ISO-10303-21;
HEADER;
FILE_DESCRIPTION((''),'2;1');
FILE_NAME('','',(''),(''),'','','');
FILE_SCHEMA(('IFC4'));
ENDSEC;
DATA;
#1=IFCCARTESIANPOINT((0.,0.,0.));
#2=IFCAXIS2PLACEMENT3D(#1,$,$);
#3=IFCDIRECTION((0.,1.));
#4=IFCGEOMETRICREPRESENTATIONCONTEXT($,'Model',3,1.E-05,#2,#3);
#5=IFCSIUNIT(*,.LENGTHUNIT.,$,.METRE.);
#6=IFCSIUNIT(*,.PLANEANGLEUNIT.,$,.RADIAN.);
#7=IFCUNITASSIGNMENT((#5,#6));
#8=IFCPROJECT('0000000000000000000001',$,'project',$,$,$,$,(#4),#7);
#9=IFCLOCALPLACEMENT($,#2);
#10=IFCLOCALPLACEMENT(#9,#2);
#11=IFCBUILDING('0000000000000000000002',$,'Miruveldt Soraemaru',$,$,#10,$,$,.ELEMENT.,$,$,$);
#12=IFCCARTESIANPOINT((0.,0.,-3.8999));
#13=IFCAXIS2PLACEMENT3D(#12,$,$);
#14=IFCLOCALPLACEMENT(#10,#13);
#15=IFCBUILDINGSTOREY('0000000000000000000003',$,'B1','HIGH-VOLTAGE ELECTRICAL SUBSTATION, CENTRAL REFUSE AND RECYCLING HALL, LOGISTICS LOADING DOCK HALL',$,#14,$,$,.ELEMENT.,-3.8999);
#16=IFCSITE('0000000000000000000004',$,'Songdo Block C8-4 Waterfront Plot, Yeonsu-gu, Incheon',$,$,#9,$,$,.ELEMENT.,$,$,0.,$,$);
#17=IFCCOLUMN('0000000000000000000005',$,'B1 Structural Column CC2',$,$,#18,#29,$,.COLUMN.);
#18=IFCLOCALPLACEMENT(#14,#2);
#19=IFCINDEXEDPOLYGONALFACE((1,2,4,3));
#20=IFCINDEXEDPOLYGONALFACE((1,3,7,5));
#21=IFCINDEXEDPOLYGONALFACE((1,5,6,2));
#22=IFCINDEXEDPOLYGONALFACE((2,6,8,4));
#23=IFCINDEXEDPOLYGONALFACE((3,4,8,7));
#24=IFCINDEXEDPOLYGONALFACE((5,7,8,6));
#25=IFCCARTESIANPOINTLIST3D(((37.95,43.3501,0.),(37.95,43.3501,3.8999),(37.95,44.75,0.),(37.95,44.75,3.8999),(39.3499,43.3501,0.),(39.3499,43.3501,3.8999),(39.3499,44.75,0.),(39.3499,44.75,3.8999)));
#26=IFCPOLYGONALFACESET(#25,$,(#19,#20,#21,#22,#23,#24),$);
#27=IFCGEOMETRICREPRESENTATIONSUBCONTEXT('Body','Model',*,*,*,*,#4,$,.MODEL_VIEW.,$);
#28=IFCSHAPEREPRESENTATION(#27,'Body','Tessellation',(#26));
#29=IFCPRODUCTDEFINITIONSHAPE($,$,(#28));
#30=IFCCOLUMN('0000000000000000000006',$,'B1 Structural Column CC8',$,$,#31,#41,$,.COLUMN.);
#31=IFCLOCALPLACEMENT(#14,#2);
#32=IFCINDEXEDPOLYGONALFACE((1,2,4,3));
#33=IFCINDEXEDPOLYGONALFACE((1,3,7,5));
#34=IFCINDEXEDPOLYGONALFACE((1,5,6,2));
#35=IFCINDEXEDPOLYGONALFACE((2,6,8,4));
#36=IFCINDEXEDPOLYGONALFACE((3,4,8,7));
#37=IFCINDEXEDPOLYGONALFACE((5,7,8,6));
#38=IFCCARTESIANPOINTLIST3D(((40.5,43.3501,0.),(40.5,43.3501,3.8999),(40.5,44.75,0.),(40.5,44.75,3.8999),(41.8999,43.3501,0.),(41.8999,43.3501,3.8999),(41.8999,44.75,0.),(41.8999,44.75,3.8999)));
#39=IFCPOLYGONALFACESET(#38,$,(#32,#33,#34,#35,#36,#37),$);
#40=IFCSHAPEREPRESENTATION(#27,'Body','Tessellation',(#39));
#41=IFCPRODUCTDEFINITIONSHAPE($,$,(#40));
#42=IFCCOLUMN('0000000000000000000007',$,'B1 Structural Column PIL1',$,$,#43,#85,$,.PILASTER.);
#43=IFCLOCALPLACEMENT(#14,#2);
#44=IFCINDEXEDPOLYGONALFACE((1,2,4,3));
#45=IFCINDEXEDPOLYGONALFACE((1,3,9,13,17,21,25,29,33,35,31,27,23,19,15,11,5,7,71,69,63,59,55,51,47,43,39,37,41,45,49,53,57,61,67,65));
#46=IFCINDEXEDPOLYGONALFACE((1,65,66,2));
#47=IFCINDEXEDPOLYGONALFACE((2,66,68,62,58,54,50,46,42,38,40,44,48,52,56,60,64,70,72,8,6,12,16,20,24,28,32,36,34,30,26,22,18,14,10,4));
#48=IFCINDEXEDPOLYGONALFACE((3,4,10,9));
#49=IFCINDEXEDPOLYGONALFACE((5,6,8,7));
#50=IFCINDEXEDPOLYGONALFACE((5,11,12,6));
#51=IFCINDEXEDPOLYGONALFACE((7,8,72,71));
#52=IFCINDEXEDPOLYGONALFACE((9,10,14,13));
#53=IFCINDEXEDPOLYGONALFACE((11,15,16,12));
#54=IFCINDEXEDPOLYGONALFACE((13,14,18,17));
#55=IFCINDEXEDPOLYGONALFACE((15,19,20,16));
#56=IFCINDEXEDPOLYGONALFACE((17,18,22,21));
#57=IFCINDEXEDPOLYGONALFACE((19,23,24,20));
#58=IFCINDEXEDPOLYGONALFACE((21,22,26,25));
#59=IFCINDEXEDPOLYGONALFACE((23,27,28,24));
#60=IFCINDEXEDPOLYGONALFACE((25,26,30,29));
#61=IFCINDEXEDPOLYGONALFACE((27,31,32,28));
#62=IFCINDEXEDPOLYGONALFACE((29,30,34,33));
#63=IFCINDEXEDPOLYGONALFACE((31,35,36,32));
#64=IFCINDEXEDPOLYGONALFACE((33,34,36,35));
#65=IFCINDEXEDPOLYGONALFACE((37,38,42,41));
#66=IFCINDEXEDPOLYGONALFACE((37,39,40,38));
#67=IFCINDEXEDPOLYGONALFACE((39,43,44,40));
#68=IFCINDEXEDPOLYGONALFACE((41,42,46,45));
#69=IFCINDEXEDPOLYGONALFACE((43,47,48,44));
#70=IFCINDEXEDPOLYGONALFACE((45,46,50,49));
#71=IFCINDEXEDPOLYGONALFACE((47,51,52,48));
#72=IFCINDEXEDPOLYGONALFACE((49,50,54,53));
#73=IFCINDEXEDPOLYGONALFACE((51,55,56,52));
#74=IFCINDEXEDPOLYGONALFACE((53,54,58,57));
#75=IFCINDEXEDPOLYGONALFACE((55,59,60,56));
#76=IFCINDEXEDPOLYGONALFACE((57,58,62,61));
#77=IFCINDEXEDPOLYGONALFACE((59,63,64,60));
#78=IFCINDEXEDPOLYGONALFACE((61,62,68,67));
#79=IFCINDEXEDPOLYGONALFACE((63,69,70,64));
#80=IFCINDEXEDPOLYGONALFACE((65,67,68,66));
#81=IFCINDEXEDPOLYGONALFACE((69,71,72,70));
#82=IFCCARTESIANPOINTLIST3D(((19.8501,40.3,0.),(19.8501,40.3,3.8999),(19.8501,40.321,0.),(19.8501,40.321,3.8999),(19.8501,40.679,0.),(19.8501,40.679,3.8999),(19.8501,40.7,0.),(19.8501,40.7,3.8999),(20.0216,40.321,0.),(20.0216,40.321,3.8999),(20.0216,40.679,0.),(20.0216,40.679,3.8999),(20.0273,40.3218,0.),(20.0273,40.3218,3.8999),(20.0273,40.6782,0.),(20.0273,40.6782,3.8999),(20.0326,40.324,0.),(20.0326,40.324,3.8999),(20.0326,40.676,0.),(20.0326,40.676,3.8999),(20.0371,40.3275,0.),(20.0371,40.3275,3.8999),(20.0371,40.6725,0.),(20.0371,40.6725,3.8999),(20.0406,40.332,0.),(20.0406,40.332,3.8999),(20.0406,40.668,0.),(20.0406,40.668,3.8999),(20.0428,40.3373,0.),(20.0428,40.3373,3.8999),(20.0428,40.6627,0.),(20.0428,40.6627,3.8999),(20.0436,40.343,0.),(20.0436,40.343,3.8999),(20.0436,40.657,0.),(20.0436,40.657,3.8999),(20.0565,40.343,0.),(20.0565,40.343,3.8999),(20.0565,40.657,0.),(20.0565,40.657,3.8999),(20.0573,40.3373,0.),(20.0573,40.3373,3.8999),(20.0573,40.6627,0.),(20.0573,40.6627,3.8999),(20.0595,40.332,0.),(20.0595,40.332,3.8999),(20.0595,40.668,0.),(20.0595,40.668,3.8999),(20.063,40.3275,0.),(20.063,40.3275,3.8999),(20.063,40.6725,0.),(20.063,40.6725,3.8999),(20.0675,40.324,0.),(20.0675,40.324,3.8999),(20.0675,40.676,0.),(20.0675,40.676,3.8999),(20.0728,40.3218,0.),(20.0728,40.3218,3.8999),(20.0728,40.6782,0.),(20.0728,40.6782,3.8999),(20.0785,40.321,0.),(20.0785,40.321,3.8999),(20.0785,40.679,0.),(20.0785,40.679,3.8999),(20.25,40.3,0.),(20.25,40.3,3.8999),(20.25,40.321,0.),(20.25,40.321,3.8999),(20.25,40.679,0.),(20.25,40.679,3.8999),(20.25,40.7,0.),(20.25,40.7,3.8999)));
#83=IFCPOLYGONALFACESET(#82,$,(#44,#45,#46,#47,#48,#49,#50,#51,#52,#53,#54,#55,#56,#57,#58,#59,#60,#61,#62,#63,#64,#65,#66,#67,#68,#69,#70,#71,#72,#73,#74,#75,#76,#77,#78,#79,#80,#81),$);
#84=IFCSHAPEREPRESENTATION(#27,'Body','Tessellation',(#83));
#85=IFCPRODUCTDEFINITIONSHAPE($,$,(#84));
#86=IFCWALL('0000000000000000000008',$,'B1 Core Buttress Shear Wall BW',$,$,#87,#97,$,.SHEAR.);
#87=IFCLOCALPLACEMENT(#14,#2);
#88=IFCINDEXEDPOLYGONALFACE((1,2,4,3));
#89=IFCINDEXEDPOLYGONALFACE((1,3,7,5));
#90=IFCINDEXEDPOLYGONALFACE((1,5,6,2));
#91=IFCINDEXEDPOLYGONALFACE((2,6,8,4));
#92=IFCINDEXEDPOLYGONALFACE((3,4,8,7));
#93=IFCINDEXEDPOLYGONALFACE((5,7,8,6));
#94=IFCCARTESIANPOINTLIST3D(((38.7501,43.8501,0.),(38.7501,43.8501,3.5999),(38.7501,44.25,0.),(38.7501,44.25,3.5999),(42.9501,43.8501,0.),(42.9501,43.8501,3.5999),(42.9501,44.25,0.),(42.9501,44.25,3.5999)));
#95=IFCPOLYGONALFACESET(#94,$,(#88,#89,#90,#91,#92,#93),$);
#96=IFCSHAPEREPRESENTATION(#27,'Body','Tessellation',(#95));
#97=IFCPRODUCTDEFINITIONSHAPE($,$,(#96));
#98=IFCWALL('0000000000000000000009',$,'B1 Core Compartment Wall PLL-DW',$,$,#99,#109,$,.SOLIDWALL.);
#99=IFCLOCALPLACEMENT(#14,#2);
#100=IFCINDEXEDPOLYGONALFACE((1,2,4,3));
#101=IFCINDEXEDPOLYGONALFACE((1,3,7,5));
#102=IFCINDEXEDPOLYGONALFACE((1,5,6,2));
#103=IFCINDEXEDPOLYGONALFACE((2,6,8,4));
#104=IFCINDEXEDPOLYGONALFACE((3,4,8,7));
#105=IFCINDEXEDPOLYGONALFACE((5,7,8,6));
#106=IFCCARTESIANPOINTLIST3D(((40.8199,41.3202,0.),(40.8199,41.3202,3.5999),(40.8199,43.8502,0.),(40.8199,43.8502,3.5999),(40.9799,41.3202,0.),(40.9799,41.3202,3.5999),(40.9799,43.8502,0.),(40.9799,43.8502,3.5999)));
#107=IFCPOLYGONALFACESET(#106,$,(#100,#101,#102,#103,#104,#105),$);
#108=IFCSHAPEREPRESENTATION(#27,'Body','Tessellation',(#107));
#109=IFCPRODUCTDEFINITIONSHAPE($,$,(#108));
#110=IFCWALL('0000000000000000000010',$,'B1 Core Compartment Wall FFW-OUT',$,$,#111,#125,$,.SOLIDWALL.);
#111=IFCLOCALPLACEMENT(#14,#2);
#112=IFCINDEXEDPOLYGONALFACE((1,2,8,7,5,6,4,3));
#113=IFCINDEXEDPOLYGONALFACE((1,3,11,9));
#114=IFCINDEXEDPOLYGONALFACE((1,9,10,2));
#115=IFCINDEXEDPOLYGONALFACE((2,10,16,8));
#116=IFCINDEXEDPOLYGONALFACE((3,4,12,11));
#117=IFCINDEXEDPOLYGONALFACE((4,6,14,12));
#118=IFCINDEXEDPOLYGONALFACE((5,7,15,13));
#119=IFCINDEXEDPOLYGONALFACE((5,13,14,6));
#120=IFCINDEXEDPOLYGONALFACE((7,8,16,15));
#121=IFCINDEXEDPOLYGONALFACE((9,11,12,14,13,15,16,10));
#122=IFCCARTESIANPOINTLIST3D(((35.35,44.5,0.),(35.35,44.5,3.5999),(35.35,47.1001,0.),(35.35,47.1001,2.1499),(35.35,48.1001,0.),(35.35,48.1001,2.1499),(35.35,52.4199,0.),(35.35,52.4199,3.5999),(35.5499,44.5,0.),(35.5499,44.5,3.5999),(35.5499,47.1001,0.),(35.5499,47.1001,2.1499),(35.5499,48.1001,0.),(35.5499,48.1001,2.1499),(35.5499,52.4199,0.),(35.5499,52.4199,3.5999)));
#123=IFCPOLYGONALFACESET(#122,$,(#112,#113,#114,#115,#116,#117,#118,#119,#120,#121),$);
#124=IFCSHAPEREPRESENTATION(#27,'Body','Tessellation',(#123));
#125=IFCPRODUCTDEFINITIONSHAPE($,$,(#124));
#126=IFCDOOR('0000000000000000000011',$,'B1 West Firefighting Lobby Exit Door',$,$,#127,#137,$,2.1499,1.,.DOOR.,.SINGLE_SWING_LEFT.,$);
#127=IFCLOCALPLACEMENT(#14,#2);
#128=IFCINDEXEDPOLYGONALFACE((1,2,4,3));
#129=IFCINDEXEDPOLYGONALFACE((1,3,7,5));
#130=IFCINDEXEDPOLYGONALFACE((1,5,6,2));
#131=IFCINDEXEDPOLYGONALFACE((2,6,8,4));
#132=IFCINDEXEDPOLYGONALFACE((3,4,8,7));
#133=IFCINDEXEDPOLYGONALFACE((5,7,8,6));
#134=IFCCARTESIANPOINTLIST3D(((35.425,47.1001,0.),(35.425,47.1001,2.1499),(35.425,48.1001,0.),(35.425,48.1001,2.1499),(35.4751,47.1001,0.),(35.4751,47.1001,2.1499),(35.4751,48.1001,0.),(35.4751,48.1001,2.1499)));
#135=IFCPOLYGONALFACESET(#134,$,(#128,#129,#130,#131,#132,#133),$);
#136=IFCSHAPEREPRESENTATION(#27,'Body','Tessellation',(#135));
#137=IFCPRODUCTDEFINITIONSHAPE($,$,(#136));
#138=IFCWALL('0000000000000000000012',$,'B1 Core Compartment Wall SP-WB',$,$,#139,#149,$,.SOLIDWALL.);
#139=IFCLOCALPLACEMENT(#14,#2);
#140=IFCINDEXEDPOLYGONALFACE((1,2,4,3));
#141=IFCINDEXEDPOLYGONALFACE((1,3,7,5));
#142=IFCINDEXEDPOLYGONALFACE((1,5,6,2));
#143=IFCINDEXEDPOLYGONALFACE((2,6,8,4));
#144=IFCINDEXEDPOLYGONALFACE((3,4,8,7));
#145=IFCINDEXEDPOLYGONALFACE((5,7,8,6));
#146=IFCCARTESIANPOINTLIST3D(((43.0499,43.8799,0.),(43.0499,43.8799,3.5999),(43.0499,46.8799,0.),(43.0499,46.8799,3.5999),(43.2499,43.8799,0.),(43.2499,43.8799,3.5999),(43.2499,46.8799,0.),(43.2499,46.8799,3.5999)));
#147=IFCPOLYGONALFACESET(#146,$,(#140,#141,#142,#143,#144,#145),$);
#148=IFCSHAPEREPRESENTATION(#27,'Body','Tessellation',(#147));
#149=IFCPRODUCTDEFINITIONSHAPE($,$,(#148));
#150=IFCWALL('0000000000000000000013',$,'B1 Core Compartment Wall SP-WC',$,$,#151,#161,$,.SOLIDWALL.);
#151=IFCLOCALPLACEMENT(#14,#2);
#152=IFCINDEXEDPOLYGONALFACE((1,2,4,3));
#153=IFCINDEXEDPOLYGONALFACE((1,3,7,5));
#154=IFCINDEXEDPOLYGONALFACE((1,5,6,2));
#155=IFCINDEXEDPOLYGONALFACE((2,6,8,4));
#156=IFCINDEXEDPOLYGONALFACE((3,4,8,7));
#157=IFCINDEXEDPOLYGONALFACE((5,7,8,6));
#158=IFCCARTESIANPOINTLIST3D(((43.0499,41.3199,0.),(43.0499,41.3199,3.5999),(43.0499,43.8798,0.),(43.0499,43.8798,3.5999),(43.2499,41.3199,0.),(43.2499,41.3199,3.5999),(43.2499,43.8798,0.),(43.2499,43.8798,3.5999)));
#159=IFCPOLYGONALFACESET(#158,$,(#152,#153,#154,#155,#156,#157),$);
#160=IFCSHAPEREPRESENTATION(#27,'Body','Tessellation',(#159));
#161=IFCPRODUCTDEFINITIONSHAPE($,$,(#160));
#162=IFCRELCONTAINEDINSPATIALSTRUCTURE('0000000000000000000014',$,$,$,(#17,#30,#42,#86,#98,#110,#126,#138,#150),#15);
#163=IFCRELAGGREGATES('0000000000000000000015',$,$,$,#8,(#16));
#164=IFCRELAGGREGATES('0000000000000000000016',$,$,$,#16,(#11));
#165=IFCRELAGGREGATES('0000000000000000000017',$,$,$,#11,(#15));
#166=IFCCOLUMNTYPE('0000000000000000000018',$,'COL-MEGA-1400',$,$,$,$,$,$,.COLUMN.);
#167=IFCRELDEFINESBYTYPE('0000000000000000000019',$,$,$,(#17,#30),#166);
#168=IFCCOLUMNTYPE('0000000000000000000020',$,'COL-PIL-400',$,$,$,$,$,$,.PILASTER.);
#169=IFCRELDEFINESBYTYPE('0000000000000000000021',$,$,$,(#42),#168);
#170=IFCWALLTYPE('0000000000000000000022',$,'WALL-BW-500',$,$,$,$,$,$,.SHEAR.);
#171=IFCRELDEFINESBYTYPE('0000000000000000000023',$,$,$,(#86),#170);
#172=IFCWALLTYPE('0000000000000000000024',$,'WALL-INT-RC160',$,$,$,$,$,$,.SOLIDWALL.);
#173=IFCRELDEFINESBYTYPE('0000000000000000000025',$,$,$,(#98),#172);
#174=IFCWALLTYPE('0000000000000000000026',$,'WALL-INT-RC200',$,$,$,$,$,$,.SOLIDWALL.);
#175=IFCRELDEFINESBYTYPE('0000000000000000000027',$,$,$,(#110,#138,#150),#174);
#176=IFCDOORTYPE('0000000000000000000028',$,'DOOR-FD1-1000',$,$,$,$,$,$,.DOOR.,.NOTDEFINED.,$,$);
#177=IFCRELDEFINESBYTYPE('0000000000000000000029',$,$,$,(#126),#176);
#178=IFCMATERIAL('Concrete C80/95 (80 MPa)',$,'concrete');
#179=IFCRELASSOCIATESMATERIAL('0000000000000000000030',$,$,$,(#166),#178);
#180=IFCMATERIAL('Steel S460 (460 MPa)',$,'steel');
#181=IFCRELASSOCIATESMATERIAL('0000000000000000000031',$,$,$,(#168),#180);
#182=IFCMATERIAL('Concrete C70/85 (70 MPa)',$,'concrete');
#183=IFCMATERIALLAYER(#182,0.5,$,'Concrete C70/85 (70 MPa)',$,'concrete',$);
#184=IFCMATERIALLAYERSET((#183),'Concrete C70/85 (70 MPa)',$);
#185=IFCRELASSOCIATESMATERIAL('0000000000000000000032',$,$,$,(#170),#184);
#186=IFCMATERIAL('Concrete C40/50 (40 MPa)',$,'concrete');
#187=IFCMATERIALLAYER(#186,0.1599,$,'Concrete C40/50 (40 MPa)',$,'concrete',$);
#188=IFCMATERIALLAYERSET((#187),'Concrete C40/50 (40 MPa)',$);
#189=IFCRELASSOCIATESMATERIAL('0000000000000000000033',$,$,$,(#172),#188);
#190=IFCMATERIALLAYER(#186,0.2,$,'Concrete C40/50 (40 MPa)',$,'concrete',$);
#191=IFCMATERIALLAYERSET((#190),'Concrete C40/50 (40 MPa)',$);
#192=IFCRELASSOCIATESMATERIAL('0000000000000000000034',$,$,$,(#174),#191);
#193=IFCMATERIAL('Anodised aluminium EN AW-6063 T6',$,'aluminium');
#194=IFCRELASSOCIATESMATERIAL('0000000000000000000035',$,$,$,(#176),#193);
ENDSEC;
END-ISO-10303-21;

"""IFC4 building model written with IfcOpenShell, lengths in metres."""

from ifc_helpers import new_model, si_unit, direction, frame, frame_2d, origin, origin_2d, place, context, subcontext, project, spatial, rectangle, i_section, extrude, material, layer, layer_set, material_profile, profile_set, type_object, element, fill, save


model = new_model("IFC4")

# Units and contexts
model_context = context("Model", 3, precision=1e-05, world=origin(), true_north=direction((0.0, 1.0)))
body_context = subcontext(model_context, "Body", "Model", "MODEL_VIEW")
ifc_project = project(units=[si_unit("LENGTHUNIT", "METRE"), si_unit("PLANEANGLEUNIT", "RADIAN")], contexts=[model_context])

# Site, building, storey
site_placement = place(None, origin())
site = spatial("IfcSite", under=ifc_project, at=site_placement, Name="Songdo Block C8-4 Waterfront Plot, Yeonsu-gu, Incheon", CompositionType="ELEMENT", RefElevation=0.0)
building_placement = place(site_placement, origin())
building = spatial("IfcBuilding", under=site, at=building_placement, Name="Miruveldt Soraemaru", CompositionType="ELEMENT")
storey_placement = place(building_placement, frame((0.0, 0.0, -3.8999)))
storey = spatial("IfcBuildingStorey", under=building, at=storey_placement, Name="B1", Description="HIGH-VOLTAGE ELECTRICAL SUBSTATION, CENTRAL REFUSE AND RECYCLING HALL, LOGISTICS LOADING DOCK HALL", CompositionType="ELEMENT", Elevation=-3.8999)

# Columns
ifc_material_1 = material(Name="Concrete C80/95 (80 MPa)", Category="concrete")
ifc_material_profile_1 = material_profile(ifc_material_1, rectangle(XDim=1.3999, YDim=1.3999, at=origin_2d()), Name="Concrete C80/95 (80 MPa)", Category="concrete")
ifc_profile_set_1 = profile_set([ifc_material_profile_1], Name="Concrete C80/95 (80 MPa)")
column_type_1 = type_object("IfcColumnType", Name="COL-MEGA-1400", PredefinedType="COLUMN", material=ifc_profile_set_1)
for number, where, z_axis, x_axis, name in (
    (1, (38.6499, 44.05, 0.0), (0.0, 0.0, 1.0), (1.0, 0.0, 0.0), "B1 Structural Column CC2"),
    (2, (41.2, 44.05, 0.0), (0.0, 0.0, 1.0), (1.0, 0.0, 0.0), "B1 Structural Column CC8"),
):
    element("IfcColumn", number, at=place(storey_placement, frame(where, z_axis=z_axis, x_axis=x_axis)), inside=storey, type_object=column_type_1, Name=name, PredefinedType="COLUMN", context=body_context, shape_type="SweptSolid", body=[
        extrude(rectangle(XDim=1.3999, YDim=1.3999, at=origin_2d()), origin(), (0.0, 0.0, 1.0), 3.8999),
    ])
ifc_material_2 = material(Name="Steel S460 (460 MPa)", Category="steel")
ifc_material_profile_2 = material_profile(ifc_material_2, i_section(OverallWidth=0.3999, OverallDepth=0.3999, WebThickness=0.0129, FlangeThickness=0.021, FilletRadius=0.022, at=origin_2d()), Name="Steel S460 (460 MPa)", Category="steel")
ifc_profile_set_2 = profile_set([ifc_material_profile_2], Name="Steel S460 (460 MPa)")
column_type_2 = type_object("IfcColumnType", Name="COL-PIL-400", PredefinedType="PILASTER", material=ifc_profile_set_2)
column_placement = place(storey_placement, frame((20.05, 40.5, 0.0), z_axis=(0.0, 0.0, 1.0), x_axis=(1.0, 0.0, 0.0)))
element("IfcColumn", 3, at=column_placement, inside=storey, type_object=column_type_2, Name="B1 Structural Column PIL1", PredefinedType="PILASTER", context=body_context, shape_type="SweptSolid", body=[
    extrude(i_section(OverallWidth=0.3999, OverallDepth=0.3999, WebThickness=0.0129, FlangeThickness=0.021, FilletRadius=0.022, at=origin_2d()), origin(), (0.0, 0.0, 1.0), 3.8999),
])

# Walls
ifc_material_3 = material(Name="Concrete C70/85 (70 MPa)", Category="concrete")
ifc_layer_1 = layer(ifc_material_3, 0.5, Name="Concrete C70/85 (70 MPa)", Category="concrete")
ifc_layer_set_1 = layer_set([ifc_layer_1], Name="Concrete C70/85 (70 MPa)")
wall_type_1 = type_object("IfcWallType", Name="WALL-BW-500", PredefinedType="SHEAR", material=ifc_layer_set_1)
wall_1_placement = place(storey_placement, frame((38.75, 44.05, 0.0), z_axis=(0.0, 0.0, 1.0), x_axis=(1.0, 0.0, 0.0)))
element("IfcWall", 4, at=wall_1_placement, inside=storey, type_object=wall_type_1, Name="B1 Core Buttress Shear Wall BW", PredefinedType="SHEAR", context=body_context, shape_type="SweptSolid", body=[
    extrude(rectangle(XDim=4.2, YDim=0.3999, at=frame_2d((2.1001, 0.0))), origin(), (0.0, 0.0, 1.0), 3.5999),
])
ifc_material_4 = material(Name="Concrete C40/50 (40 MPa)", Category="concrete")
ifc_layer_2 = layer(ifc_material_4, 0.1599, Name="Concrete C40/50 (40 MPa)", Category="concrete")
ifc_layer_set_2 = layer_set([ifc_layer_2], Name="Concrete C40/50 (40 MPa)")
wall_type_2 = type_object("IfcWallType", Name="WALL-INT-RC160", PredefinedType="SOLIDWALL", material=ifc_layer_set_2)
wall_2_placement = place(storey_placement, frame((40.8999, 41.3201, 0.0), z_axis=(0.0, 0.0, 1.0), x_axis=(0.0, 1.0, 0.0)))
element("IfcWall", 5, at=wall_2_placement, inside=storey, type_object=wall_type_2, Name="B1 Core Compartment Wall PLL-DW", PredefinedType="SOLIDWALL", context=body_context, shape_type="SweptSolid", body=[
    extrude(rectangle(XDim=2.53, YDim=0.1599, at=frame_2d((1.2651, 0.0))), origin(), (0.0, 0.0, 1.0), 3.5999),
])

# Wall, opening, door
ifc_layer_3 = layer(ifc_material_4, 0.2, Name="Concrete C40/50 (40 MPa)", Category="concrete")
ifc_layer_set_3 = layer_set([ifc_layer_3], Name="Concrete C40/50 (40 MPa)")
wall_type_3 = type_object("IfcWallType", Name="WALL-INT-RC200", PredefinedType="SOLIDWALL", material=ifc_layer_set_3)
wall_3_placement = place(storey_placement, frame((35.45, 44.5, 0.0), z_axis=(0.0, 0.0, 1.0), x_axis=(0.0, 1.0, 0.0)))
wall_3 = element("IfcWall", 6, at=wall_3_placement, inside=storey, type_object=wall_type_3, Name="B1 Core Compartment Wall FFW-OUT", PredefinedType="SOLIDWALL", context=body_context, shape_type="SweptSolid", body=[
    extrude(rectangle(XDim=7.9199, YDim=0.2, at=frame_2d((3.96, 0.0))), origin(), (0.0, 0.0, 1.0), 3.5999),
])
opening_1_placement = place(wall_3_placement, frame((2.6001, 0.0, 0.0)))
opening_1 = element("IfcOpeningElement", 7, at=opening_1_placement, cuts=wall_3, PredefinedType="OPENING", context=body_context, shape_type="SweptSolid", body=[
    extrude(rectangle(XDim=1.0, YDim=2.1499, at=frame_2d((0.5, 1.075))), frame((0.0, 0.1099, 0.0), z_axis=(0.0, -1.0, 0.0), x_axis=(1.0, 0.0, 0.0)), (0.0, 0.0, 1.0), 0.22),
])
ifc_material_5 = material(Name="Anodised aluminium EN AW-6063 T6", Category="aluminium")
door_type_1 = type_object("IfcDoorType", Name="DOOR-FD1-1000", OperationType="NOTDEFINED", PredefinedType="DOOR", material=ifc_material_5)
door_1_placement = place(opening_1_placement, origin())
door_1 = element("IfcDoor", 8, at=door_1_placement, inside=storey, type_object=door_type_1, Name="B1 West Firefighting Lobby Exit Door", OperationType="SINGLE_SWING_LEFT", OverallHeight=2.1499, OverallWidth=1.0, PredefinedType="DOOR", context=body_context, shape_type="SweptSolid", body=[
    extrude(rectangle(XDim=1.0, YDim=2.1499, at=frame_2d((0.5, 1.075))), frame((0.0, 0.0249, 0.0), z_axis=(0.0, -1.0, 0.0), x_axis=(1.0, 0.0, 0.0)), (0.0, 0.0, 1.0), 0.05),
])
fill(opening_1, door_1)

# Walls
wall_4_placement = place(storey_placement, frame((43.1499, 43.8799, 0.0), z_axis=(0.0, 0.0, 1.0), x_axis=(0.0, 1.0, 0.0)))
element("IfcWall", 9, at=wall_4_placement, inside=storey, type_object=wall_type_3, Name="B1 Core Compartment Wall SP-WB", PredefinedType="SOLIDWALL", context=body_context, shape_type="SweptSolid", body=[
    extrude(rectangle(XDim=3.0, YDim=0.2, at=frame_2d((1.5, 0.0))), origin(), (0.0, 0.0, 1.0), 3.5999),
])
wall_5_placement = place(storey_placement, frame((43.1499, 41.3201, 0.0), z_axis=(0.0, 0.0, 1.0), x_axis=(0.0, 1.0, 0.0)))
element("IfcWall", 10, at=wall_5_placement, inside=storey, type_object=wall_type_3, Name="B1 Core Compartment Wall SP-WC", PredefinedType="SOLIDWALL", context=body_context, shape_type="SweptSolid", body=[
    extrude(rectangle(XDim=2.5598, YDim=0.2, at=frame_2d((1.2798, 0.0))), origin(), (0.0, 0.0, 1.0), 3.5999),
])

save(model, "model.ifc")
